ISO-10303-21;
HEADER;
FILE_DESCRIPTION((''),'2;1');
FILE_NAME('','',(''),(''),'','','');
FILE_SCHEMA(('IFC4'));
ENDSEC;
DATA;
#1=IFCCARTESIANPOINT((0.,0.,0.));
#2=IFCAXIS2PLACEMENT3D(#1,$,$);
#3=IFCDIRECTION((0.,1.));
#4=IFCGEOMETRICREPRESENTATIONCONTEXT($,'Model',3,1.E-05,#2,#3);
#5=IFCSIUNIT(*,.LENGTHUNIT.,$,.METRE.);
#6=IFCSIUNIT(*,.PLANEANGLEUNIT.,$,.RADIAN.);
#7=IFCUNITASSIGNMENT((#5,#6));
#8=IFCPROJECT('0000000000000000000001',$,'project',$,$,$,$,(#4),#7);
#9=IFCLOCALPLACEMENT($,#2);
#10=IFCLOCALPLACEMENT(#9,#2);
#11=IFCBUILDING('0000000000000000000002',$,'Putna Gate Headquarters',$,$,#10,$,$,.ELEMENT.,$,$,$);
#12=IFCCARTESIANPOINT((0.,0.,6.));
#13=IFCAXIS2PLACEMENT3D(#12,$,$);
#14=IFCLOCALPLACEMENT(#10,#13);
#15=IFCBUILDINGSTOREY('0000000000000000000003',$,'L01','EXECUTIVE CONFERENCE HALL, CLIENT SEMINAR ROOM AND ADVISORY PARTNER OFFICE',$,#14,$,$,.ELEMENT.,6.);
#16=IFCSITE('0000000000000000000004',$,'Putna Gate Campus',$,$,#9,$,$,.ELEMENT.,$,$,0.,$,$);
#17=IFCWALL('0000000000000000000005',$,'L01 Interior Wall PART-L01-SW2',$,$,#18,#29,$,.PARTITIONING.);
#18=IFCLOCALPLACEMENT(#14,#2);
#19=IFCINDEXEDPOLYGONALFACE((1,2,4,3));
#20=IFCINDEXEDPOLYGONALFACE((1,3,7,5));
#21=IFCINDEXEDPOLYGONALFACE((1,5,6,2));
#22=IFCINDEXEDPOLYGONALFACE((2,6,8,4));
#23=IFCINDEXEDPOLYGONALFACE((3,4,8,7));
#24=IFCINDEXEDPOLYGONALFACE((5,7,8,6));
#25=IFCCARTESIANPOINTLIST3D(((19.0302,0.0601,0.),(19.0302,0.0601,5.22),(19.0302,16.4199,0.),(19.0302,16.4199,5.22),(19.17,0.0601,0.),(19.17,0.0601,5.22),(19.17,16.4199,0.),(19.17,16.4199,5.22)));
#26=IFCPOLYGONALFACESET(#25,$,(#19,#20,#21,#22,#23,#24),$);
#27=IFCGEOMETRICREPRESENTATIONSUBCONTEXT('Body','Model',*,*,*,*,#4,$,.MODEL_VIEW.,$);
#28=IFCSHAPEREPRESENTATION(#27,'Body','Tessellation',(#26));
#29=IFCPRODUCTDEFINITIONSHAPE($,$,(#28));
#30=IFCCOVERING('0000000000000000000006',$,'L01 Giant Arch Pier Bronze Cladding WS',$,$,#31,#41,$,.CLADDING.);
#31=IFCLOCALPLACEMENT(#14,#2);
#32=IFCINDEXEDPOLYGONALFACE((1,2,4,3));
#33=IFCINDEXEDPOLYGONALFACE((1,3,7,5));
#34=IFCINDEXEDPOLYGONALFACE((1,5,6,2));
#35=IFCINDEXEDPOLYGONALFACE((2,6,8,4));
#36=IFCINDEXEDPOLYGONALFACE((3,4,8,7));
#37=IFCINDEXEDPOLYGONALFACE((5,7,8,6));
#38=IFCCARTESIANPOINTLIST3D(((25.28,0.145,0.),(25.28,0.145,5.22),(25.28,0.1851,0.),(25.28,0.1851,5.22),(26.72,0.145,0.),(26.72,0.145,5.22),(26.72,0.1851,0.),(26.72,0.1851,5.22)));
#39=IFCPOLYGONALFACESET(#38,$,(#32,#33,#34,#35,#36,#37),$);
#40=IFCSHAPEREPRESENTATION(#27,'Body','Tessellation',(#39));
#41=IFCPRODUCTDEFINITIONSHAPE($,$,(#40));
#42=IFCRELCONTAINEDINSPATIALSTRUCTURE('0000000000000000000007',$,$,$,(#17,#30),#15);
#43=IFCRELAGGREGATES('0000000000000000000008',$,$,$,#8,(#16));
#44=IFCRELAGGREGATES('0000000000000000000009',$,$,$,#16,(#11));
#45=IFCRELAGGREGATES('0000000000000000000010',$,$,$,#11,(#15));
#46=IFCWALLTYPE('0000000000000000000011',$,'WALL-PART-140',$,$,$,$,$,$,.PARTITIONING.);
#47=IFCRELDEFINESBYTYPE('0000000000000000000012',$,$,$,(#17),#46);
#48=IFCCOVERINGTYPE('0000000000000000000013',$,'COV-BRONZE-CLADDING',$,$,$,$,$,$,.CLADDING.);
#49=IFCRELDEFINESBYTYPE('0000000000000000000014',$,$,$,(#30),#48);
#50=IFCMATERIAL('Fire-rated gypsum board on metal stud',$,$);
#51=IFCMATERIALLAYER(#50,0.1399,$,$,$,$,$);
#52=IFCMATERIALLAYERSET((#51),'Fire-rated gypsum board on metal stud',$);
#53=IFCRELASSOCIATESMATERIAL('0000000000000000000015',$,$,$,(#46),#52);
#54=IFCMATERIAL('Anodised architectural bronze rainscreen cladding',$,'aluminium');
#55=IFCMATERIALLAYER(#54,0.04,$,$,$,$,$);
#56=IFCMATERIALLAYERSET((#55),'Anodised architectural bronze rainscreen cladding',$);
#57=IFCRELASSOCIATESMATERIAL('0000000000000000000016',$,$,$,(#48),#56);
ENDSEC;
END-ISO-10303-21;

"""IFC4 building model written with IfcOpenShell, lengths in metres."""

from ifc_helpers import new_model, si_unit, direction, frame, frame_2d, origin, origin_2d, place, context, subcontext, project, spatial, rectangle, extrude, material, layer, layer_set, type_object, element, save


model = new_model("IFC4")

# Units and contexts
model_context = context("Model", 3, precision=1e-05, world=origin(), true_north=direction((0.0, 1.0)))
body_context = subcontext(model_context, "Body", "Model", "MODEL_VIEW")
ifc_project = project(units=[si_unit("LENGTHUNIT", "METRE"), si_unit("PLANEANGLEUNIT", "RADIAN")], contexts=[model_context])

# Site, building, storey
site_placement = place(None, origin())
site = spatial("IfcSite", under=ifc_project, at=site_placement, Name="Putna Gate Campus", CompositionType="ELEMENT", RefElevation=0.0)
building_placement = place(site_placement, origin())
building = spatial("IfcBuilding", under=site, at=building_placement, Name="Putna Gate Headquarters", CompositionType="ELEMENT")
storey_placement = place(building_placement, frame((0.0, 0.0, 6.0)))
storey = spatial("IfcBuildingStorey", under=building, at=storey_placement, Name="L01", Description="EXECUTIVE CONFERENCE HALL, CLIENT SEMINAR ROOM AND ADVISORY PARTNER OFFICE", CompositionType="ELEMENT", Elevation=6.0)

# Wall
ifc_material_1 = material(Name="Fire-rated gypsum board on metal stud")
ifc_layer_1 = layer(ifc_material_1, 0.1399)
ifc_layer_set_1 = layer_set([ifc_layer_1], Name="Fire-rated gypsum board on metal stud")
wall_type = type_object("IfcWallType", Name="WALL-PART-140", PredefinedType="PARTITIONING", material=ifc_layer_set_1)
wall_placement = place(storey_placement, frame((19.1001, 0.0601, 0.0), z_axis=(0.0, 0.0, 1.0), x_axis=(0.0, 1.0, 0.0)))
element("IfcWall", 1, at=wall_placement, inside=storey, type_object=wall_type, Name="L01 Interior Wall PART-L01-SW2", PredefinedType="PARTITIONING", context=body_context, shape_type="SweptSolid", body=[
    extrude(rectangle(XDim=16.3599, YDim=0.1399, at=frame_2d((8.1799, 0.0))), origin(), (0.0, 0.0, 1.0), 5.22),
])

# Covering
ifc_material_2 = material(Name="Anodised architectural bronze rainscreen cladding", Category="aluminium")
ifc_layer_2 = layer(ifc_material_2, 0.04)
ifc_layer_set_2 = layer_set([ifc_layer_2], Name="Anodised architectural bronze rainscreen cladding")
covering_type = type_object("IfcCoveringType", Name="COV-BRONZE-CLADDING", PredefinedType="CLADDING", material=ifc_layer_set_2)
covering_placement = place(storey_placement, frame((26.0, 0.165, 0.0), z_axis=(0.0, 0.0, 1.0), x_axis=(1.0, 0.0, 0.0)))
element("IfcCovering", 2, at=covering_placement, inside=storey, type_object=covering_type, Name="L01 Giant Arch Pier Bronze Cladding WS", PredefinedType="CLADDING", context=body_context, shape_type="SweptSolid", body=[
    extrude(rectangle(XDim=1.4399, YDim=0.04, at=origin_2d()), origin(), (0.0, 0.0, 1.0), 5.22),
])

save(model, "model.ifc")
